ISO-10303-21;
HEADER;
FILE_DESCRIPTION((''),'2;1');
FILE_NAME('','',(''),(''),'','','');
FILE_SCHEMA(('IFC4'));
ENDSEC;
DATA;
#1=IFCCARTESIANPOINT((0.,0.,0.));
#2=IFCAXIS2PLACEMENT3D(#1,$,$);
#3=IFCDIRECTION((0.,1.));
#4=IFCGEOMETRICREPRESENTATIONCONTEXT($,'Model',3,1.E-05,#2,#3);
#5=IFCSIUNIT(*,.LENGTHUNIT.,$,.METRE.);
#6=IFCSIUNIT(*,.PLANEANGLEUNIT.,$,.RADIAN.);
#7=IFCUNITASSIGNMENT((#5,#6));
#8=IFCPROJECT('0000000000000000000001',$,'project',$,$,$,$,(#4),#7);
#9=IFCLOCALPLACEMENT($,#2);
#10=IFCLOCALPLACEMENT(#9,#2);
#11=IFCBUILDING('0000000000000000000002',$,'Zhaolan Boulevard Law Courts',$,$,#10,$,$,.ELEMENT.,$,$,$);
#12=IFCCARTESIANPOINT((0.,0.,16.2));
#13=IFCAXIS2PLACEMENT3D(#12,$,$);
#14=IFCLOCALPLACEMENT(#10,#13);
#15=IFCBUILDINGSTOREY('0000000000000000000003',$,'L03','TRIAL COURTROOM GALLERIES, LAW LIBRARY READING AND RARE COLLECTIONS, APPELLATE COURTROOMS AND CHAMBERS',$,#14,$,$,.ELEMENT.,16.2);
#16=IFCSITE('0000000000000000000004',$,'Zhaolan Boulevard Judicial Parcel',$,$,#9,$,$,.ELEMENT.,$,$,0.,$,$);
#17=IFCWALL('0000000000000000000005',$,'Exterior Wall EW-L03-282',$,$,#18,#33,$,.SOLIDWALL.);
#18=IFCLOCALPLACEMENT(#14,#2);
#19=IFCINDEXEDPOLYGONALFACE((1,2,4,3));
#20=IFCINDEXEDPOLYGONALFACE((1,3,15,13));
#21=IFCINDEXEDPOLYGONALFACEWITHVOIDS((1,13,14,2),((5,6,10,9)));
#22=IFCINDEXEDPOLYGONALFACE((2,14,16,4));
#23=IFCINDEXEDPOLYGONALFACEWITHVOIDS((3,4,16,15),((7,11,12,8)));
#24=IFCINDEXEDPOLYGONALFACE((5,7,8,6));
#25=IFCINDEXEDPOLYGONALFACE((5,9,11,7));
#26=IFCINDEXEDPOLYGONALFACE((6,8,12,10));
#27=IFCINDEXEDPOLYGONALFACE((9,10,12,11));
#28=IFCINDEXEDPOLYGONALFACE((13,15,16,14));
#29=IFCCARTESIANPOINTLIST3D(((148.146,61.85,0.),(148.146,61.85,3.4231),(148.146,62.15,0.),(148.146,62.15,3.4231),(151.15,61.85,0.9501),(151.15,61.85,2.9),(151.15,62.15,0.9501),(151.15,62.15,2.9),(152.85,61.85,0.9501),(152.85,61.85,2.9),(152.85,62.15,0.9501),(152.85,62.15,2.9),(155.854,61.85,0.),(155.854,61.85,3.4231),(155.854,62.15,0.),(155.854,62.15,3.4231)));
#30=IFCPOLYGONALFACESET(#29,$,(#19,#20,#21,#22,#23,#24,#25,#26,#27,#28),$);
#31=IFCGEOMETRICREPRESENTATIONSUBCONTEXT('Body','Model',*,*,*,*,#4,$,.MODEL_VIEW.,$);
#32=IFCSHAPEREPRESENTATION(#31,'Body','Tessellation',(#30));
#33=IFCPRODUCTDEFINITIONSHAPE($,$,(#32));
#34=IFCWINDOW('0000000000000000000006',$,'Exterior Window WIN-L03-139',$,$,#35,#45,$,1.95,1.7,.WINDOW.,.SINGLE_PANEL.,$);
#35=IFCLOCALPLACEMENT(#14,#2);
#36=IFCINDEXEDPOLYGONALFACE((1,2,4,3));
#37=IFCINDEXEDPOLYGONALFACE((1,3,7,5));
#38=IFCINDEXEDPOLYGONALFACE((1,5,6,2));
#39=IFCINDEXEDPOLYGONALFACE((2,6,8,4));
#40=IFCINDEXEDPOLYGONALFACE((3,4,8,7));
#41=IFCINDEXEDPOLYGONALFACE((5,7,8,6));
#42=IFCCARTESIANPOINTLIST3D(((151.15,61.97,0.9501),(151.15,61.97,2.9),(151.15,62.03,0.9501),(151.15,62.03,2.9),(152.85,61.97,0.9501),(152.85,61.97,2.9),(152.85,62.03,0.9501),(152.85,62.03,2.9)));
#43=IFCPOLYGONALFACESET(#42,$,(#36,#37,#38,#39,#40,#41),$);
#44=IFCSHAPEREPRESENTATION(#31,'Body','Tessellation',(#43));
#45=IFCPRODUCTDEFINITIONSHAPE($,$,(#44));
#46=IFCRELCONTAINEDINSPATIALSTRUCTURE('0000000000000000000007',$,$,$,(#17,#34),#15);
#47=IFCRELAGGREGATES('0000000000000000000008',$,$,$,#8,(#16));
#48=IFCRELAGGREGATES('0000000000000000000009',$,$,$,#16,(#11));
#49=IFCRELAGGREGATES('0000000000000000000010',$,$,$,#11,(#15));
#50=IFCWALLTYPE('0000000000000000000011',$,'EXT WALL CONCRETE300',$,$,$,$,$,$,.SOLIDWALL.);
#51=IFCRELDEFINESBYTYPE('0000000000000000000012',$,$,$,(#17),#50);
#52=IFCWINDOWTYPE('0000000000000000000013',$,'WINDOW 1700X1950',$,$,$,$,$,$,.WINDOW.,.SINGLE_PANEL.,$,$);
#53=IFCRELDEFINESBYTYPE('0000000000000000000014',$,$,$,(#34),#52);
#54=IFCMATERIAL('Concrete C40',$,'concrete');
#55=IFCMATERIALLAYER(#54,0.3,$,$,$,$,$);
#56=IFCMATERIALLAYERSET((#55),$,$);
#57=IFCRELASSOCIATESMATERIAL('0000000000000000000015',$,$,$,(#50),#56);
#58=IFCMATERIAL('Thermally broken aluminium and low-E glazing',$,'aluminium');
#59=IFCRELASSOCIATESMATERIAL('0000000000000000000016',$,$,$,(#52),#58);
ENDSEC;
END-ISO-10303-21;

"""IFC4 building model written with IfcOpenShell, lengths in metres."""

from ifc_helpers import new_model, si_unit, direction, frame, frame_2d, origin, place, context, subcontext, project, spatial, rectangle, extrude, material, layer, layer_set, type_object, element, fill, save


model = new_model("IFC4")

# Units and contexts
model_context = context("Model", 3, precision=1e-05, world=origin(), true_north=direction((0.0, 1.0)))
body_context = subcontext(model_context, "Body", "Model", "MODEL_VIEW")
ifc_project = project(units=[si_unit("LENGTHUNIT", "METRE"), si_unit("PLANEANGLEUNIT", "RADIAN")], contexts=[model_context])

# Site, building, storey
site_placement = place(None, origin())
site = spatial("IfcSite", under=ifc_project, at=site_placement, Name="Zhaolan Boulevard Judicial Parcel", CompositionType="ELEMENT", RefElevation=0.0)
building_placement = place(site_placement, origin())
building = spatial("IfcBuilding", under=site, at=building_placement, Name="Zhaolan Boulevard Law Courts", CompositionType="ELEMENT")
storey_placement = place(building_placement, frame((0.0, 0.0, 16.2)))
storey = spatial("IfcBuildingStorey", under=building, at=storey_placement, Name="L03", Description="TRIAL COURTROOM GALLERIES, LAW LIBRARY READING AND RARE COLLECTIONS, APPELLATE COURTROOMS AND CHAMBERS", CompositionType="ELEMENT", Elevation=16.2)

# Wall, opening, window
ifc_material_1 = material(Name="Concrete C40", Category="concrete")
ifc_layer_1 = layer(ifc_material_1, 0.3)
ifc_layer_set_1 = layer_set([ifc_layer_1])
wall_type_1 = type_object("IfcWallType", Name="EXT WALL CONCRETE300", PredefinedType="SOLIDWALL", material=ifc_layer_set_1)
wall_1_placement = place(storey_placement, frame((148.146, 62.0, 0.0), z_axis=(0.0, 0.0, 1.0), x_axis=(1.0, 0.0, 0.0)))
wall_1 = element("IfcWall", 1, at=wall_1_placement, inside=storey, type_object=wall_type_1, Name="Exterior Wall EW-L03-282", PredefinedType="SOLIDWALL", context=body_context, shape_type="SweptSolid", body=[
    extrude(rectangle(XDim=7.708, YDim=0.3, at=frame_2d((3.854, 0.0))), origin(), (0.0, 0.0, 1.0), 3.4231),
])
opening_placement = place(wall_1_placement, frame((3.0039, 0.0, 0.95)))
opening = element("IfcOpeningElement", 2, at=opening_placement, cuts=wall_1, PredefinedType="OPENING", context=body_context, shape_type="SweptSolid", body=[
    extrude(rectangle(XDim=1.7, YDim=1.95, at=frame_2d((0.8501, 0.9751))), frame((0.0, 0.1599, 0.0), z_axis=(0.0, -1.0, 0.0), x_axis=(1.0, 0.0, 0.0)), (0.0, 0.0, 1.0), 0.3201),
])
ifc_material_2 = material(Name="Thermally broken aluminium and low-E glazing", Category="aluminium")
window_type = type_object("IfcWindowType", Name="WINDOW 1700X1950", PartitioningType="SINGLE_PANEL", PredefinedType="WINDOW", material=ifc_material_2)
window_placement = place(opening_placement, origin())
window = element("IfcWindow", 3, at=window_placement, inside=storey, type_object=window_type, Name="Exterior Window WIN-L03-139", OverallHeight=1.95, OverallWidth=1.7, PartitioningType="SINGLE_PANEL", PredefinedType="WINDOW", context=body_context, shape_type="SweptSolid", body=[
    extrude(rectangle(XDim=1.7, YDim=1.95, at=frame_2d((0.8501, 0.9751))), frame((0.0, 0.03, 0.0), z_axis=(0.0, -1.0, 0.0), x_axis=(1.0, 0.0, 0.0)), (0.0, 0.0, 1.0), 0.0601),
])
fill(opening, window)

save(model, "model.ifc")
